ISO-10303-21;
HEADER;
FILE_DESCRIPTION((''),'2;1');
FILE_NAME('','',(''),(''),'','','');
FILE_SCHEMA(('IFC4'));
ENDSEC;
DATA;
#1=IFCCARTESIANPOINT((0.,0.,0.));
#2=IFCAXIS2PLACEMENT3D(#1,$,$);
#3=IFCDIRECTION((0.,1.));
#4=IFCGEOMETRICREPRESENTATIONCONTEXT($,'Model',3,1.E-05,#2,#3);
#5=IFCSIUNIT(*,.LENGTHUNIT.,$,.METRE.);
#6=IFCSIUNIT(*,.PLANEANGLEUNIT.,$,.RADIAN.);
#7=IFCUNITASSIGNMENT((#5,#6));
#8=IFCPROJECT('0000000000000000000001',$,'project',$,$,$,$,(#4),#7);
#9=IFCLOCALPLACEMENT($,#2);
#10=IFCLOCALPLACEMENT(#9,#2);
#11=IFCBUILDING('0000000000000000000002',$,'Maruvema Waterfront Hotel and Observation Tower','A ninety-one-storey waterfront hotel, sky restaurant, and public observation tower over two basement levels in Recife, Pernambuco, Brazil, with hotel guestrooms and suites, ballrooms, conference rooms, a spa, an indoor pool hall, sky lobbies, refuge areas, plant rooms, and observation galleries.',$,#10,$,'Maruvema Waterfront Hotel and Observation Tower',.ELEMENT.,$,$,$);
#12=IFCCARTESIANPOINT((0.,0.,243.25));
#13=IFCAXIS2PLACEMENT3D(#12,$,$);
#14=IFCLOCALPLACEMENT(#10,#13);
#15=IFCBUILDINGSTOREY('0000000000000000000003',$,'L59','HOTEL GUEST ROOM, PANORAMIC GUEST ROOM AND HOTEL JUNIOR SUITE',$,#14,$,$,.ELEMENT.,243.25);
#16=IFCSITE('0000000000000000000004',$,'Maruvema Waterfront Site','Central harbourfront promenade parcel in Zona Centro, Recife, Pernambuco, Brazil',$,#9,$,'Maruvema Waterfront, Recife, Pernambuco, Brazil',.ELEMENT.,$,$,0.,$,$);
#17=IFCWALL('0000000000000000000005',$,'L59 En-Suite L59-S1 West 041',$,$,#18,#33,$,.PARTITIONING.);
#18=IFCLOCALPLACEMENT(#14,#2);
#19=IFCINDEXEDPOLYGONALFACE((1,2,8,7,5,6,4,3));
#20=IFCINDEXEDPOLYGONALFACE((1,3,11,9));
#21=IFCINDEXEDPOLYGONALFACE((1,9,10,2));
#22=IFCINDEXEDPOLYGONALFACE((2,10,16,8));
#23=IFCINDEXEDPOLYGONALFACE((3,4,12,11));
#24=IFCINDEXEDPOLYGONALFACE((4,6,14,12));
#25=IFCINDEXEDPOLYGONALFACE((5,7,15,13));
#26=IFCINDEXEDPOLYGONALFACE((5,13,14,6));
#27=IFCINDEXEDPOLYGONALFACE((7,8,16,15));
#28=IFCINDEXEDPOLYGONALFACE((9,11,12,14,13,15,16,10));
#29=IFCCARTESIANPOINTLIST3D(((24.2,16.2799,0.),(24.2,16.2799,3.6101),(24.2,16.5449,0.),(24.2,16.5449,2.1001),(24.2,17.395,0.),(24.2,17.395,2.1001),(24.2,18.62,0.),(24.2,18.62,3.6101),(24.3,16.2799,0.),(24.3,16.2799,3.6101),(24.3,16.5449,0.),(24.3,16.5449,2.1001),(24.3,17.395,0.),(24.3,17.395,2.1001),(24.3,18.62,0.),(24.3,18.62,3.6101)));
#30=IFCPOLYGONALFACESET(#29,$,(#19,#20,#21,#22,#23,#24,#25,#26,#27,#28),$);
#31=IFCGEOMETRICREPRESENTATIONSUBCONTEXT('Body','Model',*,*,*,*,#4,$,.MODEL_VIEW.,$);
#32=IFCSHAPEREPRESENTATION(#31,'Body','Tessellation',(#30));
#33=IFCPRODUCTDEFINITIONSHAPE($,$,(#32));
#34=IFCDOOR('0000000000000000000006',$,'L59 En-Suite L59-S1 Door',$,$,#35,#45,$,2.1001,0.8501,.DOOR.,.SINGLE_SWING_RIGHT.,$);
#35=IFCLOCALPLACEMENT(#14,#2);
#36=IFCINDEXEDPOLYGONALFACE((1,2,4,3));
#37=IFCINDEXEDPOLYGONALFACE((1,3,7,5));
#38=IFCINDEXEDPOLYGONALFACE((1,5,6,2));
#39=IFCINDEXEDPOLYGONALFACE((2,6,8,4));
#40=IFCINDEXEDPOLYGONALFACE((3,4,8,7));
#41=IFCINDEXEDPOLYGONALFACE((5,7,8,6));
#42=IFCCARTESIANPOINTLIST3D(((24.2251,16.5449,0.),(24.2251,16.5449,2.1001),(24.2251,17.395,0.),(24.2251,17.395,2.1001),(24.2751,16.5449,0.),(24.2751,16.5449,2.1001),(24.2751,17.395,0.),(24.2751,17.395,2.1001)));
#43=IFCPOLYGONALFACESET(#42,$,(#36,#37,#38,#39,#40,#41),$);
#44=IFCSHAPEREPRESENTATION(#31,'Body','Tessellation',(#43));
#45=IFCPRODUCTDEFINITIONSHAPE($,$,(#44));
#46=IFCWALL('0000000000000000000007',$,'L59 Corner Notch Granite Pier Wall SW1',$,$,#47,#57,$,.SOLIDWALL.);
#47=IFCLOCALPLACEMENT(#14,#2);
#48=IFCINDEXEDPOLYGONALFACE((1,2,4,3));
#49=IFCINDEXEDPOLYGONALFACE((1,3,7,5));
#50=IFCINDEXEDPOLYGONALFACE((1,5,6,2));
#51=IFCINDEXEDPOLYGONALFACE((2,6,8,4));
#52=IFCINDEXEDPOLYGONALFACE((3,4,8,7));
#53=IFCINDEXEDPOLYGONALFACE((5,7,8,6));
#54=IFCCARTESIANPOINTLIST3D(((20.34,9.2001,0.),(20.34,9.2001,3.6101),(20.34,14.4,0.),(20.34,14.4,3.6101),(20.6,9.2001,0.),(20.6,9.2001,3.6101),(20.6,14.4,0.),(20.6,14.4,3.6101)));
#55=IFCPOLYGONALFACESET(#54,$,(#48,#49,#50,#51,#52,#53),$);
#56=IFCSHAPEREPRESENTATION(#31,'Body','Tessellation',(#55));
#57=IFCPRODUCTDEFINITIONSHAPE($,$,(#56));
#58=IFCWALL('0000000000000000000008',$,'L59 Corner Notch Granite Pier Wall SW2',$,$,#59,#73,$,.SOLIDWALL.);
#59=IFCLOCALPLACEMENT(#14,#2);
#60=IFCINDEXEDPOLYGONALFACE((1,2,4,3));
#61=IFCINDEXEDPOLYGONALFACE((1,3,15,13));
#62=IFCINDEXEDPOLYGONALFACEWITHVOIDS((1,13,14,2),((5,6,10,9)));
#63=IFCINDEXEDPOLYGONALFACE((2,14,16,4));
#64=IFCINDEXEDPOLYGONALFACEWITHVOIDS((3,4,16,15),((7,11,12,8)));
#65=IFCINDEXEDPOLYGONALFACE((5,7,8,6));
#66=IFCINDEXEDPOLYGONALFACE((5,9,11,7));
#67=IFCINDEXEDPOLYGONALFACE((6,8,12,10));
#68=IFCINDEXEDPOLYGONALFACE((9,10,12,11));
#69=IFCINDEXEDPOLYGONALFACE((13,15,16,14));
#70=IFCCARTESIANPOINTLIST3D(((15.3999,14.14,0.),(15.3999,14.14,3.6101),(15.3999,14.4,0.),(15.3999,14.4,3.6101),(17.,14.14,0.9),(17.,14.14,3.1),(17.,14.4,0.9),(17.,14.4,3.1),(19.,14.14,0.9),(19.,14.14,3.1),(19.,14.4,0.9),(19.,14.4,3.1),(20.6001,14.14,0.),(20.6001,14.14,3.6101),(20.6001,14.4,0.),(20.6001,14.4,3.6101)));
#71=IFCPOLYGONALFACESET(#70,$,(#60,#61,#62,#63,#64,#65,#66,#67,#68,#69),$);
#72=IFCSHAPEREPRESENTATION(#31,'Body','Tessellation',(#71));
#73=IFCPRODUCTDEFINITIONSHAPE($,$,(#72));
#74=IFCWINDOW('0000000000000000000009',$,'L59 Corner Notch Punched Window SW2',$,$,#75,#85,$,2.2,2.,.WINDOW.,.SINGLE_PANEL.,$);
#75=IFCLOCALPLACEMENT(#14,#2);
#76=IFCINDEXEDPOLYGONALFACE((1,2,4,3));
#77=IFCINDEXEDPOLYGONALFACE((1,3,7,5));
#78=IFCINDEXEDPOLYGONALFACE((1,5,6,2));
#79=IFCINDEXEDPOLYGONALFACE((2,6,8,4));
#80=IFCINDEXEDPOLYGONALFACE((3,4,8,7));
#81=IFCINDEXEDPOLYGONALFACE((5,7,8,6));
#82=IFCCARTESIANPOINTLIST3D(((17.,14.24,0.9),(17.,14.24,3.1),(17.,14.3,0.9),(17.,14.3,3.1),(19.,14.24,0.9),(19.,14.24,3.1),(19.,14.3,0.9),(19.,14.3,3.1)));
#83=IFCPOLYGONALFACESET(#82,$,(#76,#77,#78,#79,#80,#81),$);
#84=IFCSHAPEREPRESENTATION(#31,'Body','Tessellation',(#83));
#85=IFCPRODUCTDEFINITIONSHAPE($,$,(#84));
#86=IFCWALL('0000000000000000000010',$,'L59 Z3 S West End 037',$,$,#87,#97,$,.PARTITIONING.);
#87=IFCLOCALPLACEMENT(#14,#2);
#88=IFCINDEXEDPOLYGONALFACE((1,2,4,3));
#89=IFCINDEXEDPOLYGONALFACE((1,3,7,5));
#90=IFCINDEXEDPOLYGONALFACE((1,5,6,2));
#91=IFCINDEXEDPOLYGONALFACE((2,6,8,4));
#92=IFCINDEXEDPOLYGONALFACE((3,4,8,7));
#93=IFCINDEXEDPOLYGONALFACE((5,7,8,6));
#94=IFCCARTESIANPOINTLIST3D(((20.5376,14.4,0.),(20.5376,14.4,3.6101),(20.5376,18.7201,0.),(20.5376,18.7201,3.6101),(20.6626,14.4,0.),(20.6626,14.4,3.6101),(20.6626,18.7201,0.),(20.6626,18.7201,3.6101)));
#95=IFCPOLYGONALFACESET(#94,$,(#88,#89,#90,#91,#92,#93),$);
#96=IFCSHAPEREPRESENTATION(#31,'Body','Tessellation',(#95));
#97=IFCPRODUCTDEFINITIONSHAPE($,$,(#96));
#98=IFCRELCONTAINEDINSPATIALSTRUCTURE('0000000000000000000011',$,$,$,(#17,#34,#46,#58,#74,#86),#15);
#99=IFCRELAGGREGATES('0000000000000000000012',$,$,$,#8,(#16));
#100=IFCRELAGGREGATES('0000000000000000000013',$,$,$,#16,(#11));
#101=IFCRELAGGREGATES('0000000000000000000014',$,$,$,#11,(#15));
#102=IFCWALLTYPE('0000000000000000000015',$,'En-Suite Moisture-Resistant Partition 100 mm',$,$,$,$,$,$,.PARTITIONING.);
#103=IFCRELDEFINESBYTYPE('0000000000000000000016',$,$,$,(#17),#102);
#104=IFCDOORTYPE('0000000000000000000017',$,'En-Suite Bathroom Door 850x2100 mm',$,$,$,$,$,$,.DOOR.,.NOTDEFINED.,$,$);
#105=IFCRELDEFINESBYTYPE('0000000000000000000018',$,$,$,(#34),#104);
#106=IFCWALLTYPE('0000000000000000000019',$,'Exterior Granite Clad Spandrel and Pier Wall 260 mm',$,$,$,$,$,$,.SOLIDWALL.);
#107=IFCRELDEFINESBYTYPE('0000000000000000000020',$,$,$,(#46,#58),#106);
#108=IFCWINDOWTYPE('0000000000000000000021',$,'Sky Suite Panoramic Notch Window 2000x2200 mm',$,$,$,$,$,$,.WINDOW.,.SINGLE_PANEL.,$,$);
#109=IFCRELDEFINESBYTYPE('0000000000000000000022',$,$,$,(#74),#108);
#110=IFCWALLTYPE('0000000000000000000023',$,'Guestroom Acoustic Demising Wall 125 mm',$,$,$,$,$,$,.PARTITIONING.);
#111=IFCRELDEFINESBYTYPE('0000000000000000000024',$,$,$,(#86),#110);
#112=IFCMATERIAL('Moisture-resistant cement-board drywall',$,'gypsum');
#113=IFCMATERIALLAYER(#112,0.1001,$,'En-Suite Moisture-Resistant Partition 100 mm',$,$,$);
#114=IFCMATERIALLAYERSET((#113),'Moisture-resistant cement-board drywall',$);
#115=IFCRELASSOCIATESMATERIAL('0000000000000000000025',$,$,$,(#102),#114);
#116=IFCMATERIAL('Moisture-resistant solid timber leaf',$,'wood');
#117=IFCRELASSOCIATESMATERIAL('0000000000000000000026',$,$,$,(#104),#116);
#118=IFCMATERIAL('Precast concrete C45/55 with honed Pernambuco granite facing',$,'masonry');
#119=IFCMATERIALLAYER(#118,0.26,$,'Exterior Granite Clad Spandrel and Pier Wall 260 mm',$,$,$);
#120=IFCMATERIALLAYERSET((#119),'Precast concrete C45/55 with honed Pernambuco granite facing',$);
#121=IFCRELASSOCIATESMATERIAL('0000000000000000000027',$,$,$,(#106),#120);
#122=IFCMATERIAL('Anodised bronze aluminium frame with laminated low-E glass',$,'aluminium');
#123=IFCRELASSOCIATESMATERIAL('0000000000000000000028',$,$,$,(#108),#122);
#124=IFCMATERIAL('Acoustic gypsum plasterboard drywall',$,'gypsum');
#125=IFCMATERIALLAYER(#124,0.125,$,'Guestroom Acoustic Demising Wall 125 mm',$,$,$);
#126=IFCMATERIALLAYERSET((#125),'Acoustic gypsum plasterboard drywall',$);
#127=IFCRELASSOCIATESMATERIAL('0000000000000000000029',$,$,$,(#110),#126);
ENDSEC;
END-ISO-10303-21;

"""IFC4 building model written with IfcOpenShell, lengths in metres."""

from ifc_helpers import new_model, si_unit, direction, frame, frame_2d, origin, place, context, subcontext, project, spatial, rectangle, extrude, material, layer, layer_set, type_object, element, fill, save


model = new_model("IFC4")

# Units and contexts
model_context = context("Model", 3, precision=1e-05, world=origin(), true_north=direction((0.0, 1.0)))
body_context = subcontext(model_context, "Body", "Model", "MODEL_VIEW")
ifc_project = project(units=[si_unit("LENGTHUNIT", "METRE"), si_unit("PLANEANGLEUNIT", "RADIAN")], contexts=[model_context])

# Site, building, storey
site_placement = place(None, origin())
site = spatial("IfcSite", under=ifc_project, at=site_placement, Name="Maruvema Waterfront Site", Description="Central harbourfront promenade parcel in Zona Centro, Recife, Pernambuco, Brazil", LongName="Maruvema Waterfront, Recife, Pernambuco, Brazil", CompositionType="ELEMENT", RefElevation=0.0)
building_placement = place(site_placement, origin())
building = spatial("IfcBuilding", under=site, at=building_placement, Name="Maruvema Waterfront Hotel and Observation Tower", Description="A ninety-one-storey waterfront hotel, sky restaurant, and public observation tower over two basement levels in Recife, Pernambuco, Brazil, with hotel guestrooms and suites, ballrooms, conference rooms, a spa, an indoor pool hall, sky lobbies, refuge areas, plant rooms, and observation galleries.", LongName="Maruvema Waterfront Hotel and Observation Tower", CompositionType="ELEMENT")
storey_placement = place(building_placement, frame((0.0, 0.0, 243.25)))
storey = spatial("IfcBuildingStorey", under=building, at=storey_placement, Name="L59", Description="HOTEL GUEST ROOM, PANORAMIC GUEST ROOM AND HOTEL JUNIOR SUITE", CompositionType="ELEMENT", Elevation=243.25)

# Shared definitions
ifc_material_1 = material(Name="Moisture-resistant cement-board drywall", Category="gypsum")
ifc_layer_1 = layer(ifc_material_1, 0.1001, Name="En-Suite Moisture-Resistant Partition 100 mm")
ifc_layer_set_1 = layer_set([ifc_layer_1], Name="Moisture-resistant cement-board drywall")
wall_type_1 = type_object("IfcWallType", Name="En-Suite Moisture-Resistant Partition 100 mm", PredefinedType="PARTITIONING", material=ifc_layer_set_1)

# Wall, opening, door
wall_1_placement = place(storey_placement, frame((24.25, 16.28, 0.0), z_axis=(0.0, 0.0, 1.0), x_axis=(0.0, 1.0, 0.0)))
wall_1 = element("IfcWall", 1, at=wall_1_placement, inside=storey, type_object=wall_type_1, Name="L59 En-Suite L59-S1 West 041", PredefinedType="PARTITIONING", context=body_context, shape_type="SweptSolid", body=[
    extrude(rectangle(XDim=2.3401, YDim=0.1001, at=frame_2d((1.1699, 0.0))), origin(), (0.0, 0.0, 1.0), 3.6101),
])
opening_1_placement = place(wall_1_placement, frame((0.2649, 0.0, 0.0)))
opening_1 = element("IfcOpeningElement", 2, at=opening_1_placement, cuts=wall_1, PredefinedType="OPENING", context=body_context, shape_type="SweptSolid", body=[
    extrude(rectangle(XDim=0.8501, YDim=2.1001, at=frame_2d((0.425, 1.05))), frame((0.0, 0.0601, 0.0), z_axis=(0.0, -1.0, 0.0), x_axis=(1.0, 0.0, 0.0)), (0.0, 0.0, 1.0), 0.1201),
])
ifc_material_2 = material(Name="Moisture-resistant solid timber leaf", Category="wood")
door_type = type_object("IfcDoorType", Name="En-Suite Bathroom Door 850x2100 mm", OperationType="NOTDEFINED", PredefinedType="DOOR", material=ifc_material_2)
door_placement = place(opening_1_placement, origin())
door = element("IfcDoor", 3, at=door_placement, inside=storey, type_object=door_type, Name="L59 En-Suite L59-S1 Door", OperationType="SINGLE_SWING_RIGHT", OverallHeight=2.1001, OverallWidth=0.8501, PredefinedType="DOOR", context=body_context, shape_type="SweptSolid", body=[
    extrude(rectangle(XDim=0.8501, YDim=2.1001, at=frame_2d((0.425, 1.05))), frame((0.0, 0.0249, 0.0), z_axis=(0.0, -1.0, 0.0), x_axis=(1.0, 0.0, 0.0)), (0.0, 0.0, 1.0), 0.05),
])
fill(opening_1, door)

# Wall
ifc_material_3 = material(Name="Precast concrete C45/55 with honed Pernambuco granite facing", Category="masonry")
ifc_layer_2 = layer(ifc_material_3, 0.26, Name="Exterior Granite Clad Spandrel and Pier Wall 260 mm")
ifc_layer_set_2 = layer_set([ifc_layer_2], Name="Precast concrete C45/55 with honed Pernambuco granite facing")
wall_type_2 = type_object("IfcWallType", Name="Exterior Granite Clad Spandrel and Pier Wall 260 mm", PredefinedType="SOLIDWALL", material=ifc_layer_set_2)
wall_2_placement = place(storey_placement, frame((20.47, 9.2, 0.0), z_axis=(0.0, 0.0, 1.0), x_axis=(0.0, 1.0, 0.0)))
element("IfcWall", 4, at=wall_2_placement, inside=storey, type_object=wall_type_2, Name="L59 Corner Notch Granite Pier Wall SW1", PredefinedType="SOLIDWALL", context=body_context, shape_type="SweptSolid", body=[
    extrude(rectangle(XDim=5.2, YDim=0.26, at=frame_2d((2.6001, 0.0))), origin(), (0.0, 0.0, 1.0), 3.6101),
])

# Wall, opening, window
wall_3_placement = place(storey_placement, frame((20.6001, 14.27, 0.0), z_axis=(0.0, 0.0, 1.0), x_axis=(-1.0, 0.0, 0.0)))
wall_3 = element("IfcWall", 5, at=wall_3_placement, inside=storey, type_object=wall_type_2, Name="L59 Corner Notch Granite Pier Wall SW2", PredefinedType="SOLIDWALL", context=body_context, shape_type="SweptSolid", body=[
    extrude(rectangle(XDim=5.2002, YDim=0.26, at=frame_2d((2.6001, 0.0))), origin(), (0.0, 0.0, 1.0), 3.6101),
])
opening_2_placement = place(wall_3_placement, frame((1.6001, 0.0, 0.8999)))
opening_2 = element("IfcOpeningElement", 6, at=opening_2_placement, cuts=wall_3, PredefinedType="OPENING", context=body_context, shape_type="SweptSolid", body=[
    extrude(rectangle(XDim=2.0, YDim=2.2, at=frame_2d((1.0, 1.1001))), frame((0.0, 0.1401, 0.0), z_axis=(0.0, -1.0, 0.0), x_axis=(1.0, 0.0, 0.0)), (0.0, 0.0, 1.0), 0.28),
])
ifc_material_4 = material(Name="Anodised bronze aluminium frame with laminated low-E glass", Category="aluminium")
window_type = type_object("IfcWindowType", Name="Sky Suite Panoramic Notch Window 2000x2200 mm", PartitioningType="SINGLE_PANEL", PredefinedType="WINDOW", material=ifc_material_4)
window_placement = place(opening_2_placement, origin())
window = element("IfcWindow", 7, at=window_placement, inside=storey, type_object=window_type, Name="L59 Corner Notch Punched Window SW2", OverallHeight=2.2, OverallWidth=2.0, PartitioningType="SINGLE_PANEL", PredefinedType="WINDOW", context=body_context, shape_type="SweptSolid", body=[
    extrude(rectangle(XDim=2.0, YDim=2.2, at=frame_2d((1.0, 1.1001))), frame((0.0, 0.03, 0.0), z_axis=(0.0, -1.0, 0.0), x_axis=(1.0, 0.0, 0.0)), (0.0, 0.0, 1.0), 0.0601),
])
fill(opening_2, window)

# Wall
ifc_material_5 = material(Name="Acoustic gypsum plasterboard drywall", Category="gypsum")
ifc_layer_3 = layer(ifc_material_5, 0.125, Name="Guestroom Acoustic Demising Wall 125 mm")
ifc_layer_set_3 = layer_set([ifc_layer_3], Name="Acoustic gypsum plasterboard drywall")
wall_type_3 = type_object("IfcWallType", Name="Guestroom Acoustic Demising Wall 125 mm", PredefinedType="PARTITIONING", material=ifc_layer_set_3)
wall_4_placement = place(storey_placement, frame((20.6001, 14.3999, 0.0), z_axis=(0.0, 0.0, 1.0), x_axis=(0.0, 1.0, 0.0)))
element("IfcWall", 8, at=wall_4_placement, inside=storey, type_object=wall_type_3, Name="L59 Z3 S West End 037", PredefinedType="PARTITIONING", context=body_context, shape_type="SweptSolid", body=[
    extrude(rectangle(XDim=4.3201, YDim=0.125, at=frame_2d((2.1602, 0.0))), origin(), (0.0, 0.0, 1.0), 3.6101),
])

save(model, "model.ifc")
